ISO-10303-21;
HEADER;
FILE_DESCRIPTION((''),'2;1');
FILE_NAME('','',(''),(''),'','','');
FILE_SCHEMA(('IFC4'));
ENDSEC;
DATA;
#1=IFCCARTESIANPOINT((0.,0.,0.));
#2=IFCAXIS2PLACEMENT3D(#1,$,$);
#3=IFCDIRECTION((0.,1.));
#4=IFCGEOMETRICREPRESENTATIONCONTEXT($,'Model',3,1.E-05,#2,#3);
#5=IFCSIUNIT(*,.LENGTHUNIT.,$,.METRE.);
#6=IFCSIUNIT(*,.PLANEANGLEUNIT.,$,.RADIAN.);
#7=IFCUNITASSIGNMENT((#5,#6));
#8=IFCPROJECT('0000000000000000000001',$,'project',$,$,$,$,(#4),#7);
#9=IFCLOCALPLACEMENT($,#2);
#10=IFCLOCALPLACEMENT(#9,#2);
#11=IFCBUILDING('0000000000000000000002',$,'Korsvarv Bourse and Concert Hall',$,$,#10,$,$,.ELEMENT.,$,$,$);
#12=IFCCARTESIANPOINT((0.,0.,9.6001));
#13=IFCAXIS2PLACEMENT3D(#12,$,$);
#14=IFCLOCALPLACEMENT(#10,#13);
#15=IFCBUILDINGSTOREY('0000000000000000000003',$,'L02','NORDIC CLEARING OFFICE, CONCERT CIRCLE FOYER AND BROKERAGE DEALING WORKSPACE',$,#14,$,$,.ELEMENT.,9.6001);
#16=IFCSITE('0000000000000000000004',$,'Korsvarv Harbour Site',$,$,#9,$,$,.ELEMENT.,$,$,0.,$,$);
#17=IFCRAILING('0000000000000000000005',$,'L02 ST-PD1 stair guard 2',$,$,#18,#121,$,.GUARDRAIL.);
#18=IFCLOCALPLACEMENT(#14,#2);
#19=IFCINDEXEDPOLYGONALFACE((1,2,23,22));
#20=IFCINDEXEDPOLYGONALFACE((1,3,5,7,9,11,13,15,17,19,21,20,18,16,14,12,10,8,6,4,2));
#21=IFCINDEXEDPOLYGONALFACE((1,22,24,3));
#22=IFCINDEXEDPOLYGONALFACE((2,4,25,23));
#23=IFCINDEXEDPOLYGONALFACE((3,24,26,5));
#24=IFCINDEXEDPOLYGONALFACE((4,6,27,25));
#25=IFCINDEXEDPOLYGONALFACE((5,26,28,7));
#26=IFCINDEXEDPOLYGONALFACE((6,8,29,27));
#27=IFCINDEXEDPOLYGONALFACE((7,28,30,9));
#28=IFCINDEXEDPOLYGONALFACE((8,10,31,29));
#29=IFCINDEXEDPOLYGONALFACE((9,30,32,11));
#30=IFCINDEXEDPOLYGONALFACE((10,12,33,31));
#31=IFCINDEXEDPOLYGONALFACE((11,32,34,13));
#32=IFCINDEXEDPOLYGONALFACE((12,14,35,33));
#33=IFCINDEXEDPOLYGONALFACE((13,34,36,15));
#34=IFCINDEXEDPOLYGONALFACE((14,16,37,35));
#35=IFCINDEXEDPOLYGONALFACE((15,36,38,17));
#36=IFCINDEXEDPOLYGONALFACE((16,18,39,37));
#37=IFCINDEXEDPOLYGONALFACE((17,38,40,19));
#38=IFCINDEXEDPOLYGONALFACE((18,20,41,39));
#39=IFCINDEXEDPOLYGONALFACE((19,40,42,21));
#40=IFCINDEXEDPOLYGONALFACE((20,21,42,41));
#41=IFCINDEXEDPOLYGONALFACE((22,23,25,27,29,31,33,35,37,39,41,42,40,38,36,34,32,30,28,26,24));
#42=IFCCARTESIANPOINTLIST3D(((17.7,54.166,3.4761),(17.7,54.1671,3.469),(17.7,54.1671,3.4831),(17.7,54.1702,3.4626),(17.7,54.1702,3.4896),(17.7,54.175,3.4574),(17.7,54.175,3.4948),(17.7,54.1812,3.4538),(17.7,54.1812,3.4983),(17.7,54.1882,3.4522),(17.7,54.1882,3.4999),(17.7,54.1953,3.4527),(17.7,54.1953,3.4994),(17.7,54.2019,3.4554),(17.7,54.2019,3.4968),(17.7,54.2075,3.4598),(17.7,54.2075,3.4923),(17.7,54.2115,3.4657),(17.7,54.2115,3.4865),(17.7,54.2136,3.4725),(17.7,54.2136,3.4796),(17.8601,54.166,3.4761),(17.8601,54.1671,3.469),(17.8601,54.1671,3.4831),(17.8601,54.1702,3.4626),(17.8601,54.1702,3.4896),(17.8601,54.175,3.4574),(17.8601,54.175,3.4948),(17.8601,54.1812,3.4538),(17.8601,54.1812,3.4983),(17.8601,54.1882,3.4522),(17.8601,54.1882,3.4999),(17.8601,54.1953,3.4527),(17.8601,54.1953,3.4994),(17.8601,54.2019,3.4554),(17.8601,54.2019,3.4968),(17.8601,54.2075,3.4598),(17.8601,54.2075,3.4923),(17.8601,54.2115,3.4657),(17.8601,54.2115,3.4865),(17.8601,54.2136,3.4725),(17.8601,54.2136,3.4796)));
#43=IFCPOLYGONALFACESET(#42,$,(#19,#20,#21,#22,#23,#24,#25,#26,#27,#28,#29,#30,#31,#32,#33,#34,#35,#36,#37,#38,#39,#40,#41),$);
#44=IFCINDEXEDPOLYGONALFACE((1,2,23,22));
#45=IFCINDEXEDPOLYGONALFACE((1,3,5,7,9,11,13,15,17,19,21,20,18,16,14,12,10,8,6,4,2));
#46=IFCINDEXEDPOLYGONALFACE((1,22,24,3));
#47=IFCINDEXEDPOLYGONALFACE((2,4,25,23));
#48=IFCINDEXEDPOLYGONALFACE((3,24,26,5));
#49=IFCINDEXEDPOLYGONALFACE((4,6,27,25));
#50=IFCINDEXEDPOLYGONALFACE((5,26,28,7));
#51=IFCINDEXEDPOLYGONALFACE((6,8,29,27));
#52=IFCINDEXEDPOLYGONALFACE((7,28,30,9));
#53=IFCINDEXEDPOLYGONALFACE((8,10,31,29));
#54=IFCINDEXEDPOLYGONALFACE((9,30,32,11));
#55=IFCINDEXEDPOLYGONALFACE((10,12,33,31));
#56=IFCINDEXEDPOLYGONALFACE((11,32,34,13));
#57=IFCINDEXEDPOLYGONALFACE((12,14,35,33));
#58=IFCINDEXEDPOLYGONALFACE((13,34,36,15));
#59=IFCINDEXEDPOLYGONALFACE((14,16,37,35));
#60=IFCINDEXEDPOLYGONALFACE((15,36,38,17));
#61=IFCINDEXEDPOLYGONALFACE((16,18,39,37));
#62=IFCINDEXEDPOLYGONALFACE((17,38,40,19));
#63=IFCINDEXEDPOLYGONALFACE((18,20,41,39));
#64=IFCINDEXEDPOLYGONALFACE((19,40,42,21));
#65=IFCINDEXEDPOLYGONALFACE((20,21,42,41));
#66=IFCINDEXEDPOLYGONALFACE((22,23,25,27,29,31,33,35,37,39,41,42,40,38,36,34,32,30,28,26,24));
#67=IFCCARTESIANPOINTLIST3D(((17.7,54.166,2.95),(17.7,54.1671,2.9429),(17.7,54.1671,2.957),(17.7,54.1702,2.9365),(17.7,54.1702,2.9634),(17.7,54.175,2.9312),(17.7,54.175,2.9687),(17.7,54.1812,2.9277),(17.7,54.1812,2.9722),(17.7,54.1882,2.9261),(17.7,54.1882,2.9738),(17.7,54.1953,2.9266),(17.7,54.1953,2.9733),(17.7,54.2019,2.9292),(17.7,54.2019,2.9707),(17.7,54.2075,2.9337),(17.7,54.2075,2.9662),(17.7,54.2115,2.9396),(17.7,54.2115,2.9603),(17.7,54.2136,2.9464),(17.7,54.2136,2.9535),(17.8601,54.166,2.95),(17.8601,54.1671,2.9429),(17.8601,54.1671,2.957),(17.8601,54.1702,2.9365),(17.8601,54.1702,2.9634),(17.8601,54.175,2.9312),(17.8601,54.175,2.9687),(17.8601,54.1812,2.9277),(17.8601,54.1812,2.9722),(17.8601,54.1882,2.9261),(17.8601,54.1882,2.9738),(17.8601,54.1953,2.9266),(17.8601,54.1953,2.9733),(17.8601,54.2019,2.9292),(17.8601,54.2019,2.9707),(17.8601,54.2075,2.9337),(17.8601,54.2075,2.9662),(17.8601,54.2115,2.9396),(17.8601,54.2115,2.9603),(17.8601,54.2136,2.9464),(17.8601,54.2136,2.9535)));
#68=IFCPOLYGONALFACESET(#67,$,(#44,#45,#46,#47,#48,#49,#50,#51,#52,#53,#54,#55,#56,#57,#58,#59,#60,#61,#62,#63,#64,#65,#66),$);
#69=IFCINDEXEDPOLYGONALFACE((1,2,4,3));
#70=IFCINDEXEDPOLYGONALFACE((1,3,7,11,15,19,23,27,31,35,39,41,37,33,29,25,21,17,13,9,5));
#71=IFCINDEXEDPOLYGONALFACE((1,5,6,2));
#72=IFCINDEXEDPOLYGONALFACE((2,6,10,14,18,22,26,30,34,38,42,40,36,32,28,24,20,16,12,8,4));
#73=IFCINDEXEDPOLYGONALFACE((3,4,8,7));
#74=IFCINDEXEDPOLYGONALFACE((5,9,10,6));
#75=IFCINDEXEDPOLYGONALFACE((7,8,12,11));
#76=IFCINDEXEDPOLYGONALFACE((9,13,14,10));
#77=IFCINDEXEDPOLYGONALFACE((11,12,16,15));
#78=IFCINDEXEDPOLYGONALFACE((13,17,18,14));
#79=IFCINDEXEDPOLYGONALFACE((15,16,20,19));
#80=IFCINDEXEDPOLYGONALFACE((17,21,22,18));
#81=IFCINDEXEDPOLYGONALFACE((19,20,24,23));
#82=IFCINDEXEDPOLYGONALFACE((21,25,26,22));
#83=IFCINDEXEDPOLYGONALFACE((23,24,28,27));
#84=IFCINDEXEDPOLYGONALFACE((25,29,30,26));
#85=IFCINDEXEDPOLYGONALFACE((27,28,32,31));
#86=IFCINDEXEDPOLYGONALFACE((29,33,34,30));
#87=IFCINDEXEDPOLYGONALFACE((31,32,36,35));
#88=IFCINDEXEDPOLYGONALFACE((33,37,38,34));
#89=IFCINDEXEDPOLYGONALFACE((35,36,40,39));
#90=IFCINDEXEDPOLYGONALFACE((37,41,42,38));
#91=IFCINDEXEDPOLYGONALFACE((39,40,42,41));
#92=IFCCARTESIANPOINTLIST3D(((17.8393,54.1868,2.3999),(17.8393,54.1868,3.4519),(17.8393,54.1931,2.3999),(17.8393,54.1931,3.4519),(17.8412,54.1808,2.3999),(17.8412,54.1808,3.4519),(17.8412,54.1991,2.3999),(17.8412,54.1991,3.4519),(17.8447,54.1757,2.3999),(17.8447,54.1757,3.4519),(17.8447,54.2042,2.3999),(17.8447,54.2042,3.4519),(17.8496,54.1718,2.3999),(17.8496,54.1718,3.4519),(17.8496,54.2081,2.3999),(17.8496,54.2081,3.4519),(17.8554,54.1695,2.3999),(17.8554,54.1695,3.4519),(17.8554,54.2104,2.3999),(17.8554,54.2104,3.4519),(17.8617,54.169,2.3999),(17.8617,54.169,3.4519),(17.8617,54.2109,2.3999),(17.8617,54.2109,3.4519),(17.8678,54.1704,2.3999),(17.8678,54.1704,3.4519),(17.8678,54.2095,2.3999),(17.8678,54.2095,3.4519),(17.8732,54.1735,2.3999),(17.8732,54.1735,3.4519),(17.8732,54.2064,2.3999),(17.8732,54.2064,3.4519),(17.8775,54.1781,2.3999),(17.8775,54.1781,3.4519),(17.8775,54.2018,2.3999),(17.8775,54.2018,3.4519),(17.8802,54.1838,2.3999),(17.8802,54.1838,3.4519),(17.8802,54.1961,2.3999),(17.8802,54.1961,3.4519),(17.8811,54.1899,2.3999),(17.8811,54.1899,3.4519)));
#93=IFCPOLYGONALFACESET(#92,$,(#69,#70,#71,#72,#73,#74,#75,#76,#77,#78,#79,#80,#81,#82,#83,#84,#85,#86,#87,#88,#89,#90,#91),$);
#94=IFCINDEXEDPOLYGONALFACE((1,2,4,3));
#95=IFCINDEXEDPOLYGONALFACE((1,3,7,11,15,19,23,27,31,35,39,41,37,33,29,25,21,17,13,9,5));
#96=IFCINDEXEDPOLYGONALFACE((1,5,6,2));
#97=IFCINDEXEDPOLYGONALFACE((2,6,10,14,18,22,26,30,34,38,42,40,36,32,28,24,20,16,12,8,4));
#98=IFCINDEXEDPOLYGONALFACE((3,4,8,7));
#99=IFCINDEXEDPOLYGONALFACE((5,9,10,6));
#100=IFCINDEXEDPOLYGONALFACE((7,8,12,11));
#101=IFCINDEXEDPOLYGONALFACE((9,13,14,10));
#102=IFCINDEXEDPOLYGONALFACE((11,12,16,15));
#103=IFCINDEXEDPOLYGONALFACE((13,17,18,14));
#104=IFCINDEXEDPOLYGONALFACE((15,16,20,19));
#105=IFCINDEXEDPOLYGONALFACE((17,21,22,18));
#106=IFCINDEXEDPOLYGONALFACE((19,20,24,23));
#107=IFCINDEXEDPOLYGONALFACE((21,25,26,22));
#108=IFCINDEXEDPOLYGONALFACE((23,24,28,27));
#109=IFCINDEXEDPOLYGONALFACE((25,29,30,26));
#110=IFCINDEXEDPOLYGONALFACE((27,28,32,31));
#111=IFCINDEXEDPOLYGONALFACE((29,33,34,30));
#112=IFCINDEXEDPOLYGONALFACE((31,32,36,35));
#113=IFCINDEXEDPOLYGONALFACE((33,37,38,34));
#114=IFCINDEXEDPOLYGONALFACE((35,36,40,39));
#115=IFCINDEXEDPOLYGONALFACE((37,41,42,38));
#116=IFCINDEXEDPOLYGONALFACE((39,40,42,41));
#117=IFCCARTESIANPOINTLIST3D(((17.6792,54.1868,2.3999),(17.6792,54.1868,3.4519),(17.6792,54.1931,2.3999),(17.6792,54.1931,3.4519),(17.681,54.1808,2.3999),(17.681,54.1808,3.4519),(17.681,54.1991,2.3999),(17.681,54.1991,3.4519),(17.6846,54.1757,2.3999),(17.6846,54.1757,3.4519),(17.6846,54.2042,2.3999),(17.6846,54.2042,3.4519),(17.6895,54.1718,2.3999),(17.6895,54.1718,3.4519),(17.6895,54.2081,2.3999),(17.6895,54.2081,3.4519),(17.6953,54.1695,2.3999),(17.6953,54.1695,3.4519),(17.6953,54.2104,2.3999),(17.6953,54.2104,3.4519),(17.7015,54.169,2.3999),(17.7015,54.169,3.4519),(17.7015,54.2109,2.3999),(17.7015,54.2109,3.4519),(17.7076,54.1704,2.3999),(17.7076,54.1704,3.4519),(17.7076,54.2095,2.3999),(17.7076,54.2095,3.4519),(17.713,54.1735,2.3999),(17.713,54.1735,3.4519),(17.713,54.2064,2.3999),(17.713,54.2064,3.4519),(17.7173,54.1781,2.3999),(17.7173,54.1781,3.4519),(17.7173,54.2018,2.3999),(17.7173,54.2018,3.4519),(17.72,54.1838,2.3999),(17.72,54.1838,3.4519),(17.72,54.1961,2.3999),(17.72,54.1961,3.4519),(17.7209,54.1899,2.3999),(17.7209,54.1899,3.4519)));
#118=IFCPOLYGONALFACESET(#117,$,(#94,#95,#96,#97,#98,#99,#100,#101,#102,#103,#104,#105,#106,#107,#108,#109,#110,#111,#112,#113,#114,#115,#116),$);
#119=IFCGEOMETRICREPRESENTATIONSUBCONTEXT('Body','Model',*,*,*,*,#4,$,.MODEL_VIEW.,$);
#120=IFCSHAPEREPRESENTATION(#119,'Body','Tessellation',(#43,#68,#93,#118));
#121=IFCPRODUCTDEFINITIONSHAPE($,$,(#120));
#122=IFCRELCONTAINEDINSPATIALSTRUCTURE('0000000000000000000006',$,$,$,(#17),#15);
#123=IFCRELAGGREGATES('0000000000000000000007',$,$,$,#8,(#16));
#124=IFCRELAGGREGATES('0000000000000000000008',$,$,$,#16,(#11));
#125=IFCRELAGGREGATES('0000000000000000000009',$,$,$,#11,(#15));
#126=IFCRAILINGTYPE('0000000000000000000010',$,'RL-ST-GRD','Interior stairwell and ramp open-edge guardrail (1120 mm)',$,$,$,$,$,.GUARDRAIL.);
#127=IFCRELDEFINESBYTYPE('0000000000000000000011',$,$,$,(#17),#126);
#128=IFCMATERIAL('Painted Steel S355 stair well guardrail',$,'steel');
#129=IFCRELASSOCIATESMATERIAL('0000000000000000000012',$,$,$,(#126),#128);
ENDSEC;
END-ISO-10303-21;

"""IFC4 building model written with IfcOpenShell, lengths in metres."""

from ifc_helpers import new_model, si_unit, direction, frame, origin, origin_2d, place, context, subcontext, project, spatial, circle, extrude, material, type_object, element, save


model = new_model("IFC4")

# Units and contexts
model_context = context("Model", 3, precision=1e-05, world=origin(), true_north=direction((0.0, 1.0)))
body_context = subcontext(model_context, "Body", "Model", "MODEL_VIEW")
ifc_project = project(units=[si_unit("LENGTHUNIT", "METRE"), si_unit("PLANEANGLEUNIT", "RADIAN")], contexts=[model_context])

# Site, building, storey
site_placement = place(None, origin())
site = spatial("IfcSite", under=ifc_project, at=site_placement, Name="Korsvarv Harbour Site", CompositionType="ELEMENT", RefElevation=0.0)
building_placement = place(site_placement, origin())
building = spatial("IfcBuilding", under=site, at=building_placement, Name="Korsvarv Bourse and Concert Hall", CompositionType="ELEMENT")
storey_placement = place(building_placement, frame((0.0, 0.0, 9.6001)))
storey = spatial("IfcBuildingStorey", under=building, at=storey_placement, Name="L02", Description="NORDIC CLEARING OFFICE, CONCERT CIRCLE FOYER AND BROKERAGE DEALING WORKSPACE", CompositionType="ELEMENT", Elevation=9.6001)

# Railing
ifc_material_1 = material(Name="Painted Steel S355 stair well guardrail", Category="steel")
railing_type_1 = type_object("IfcRailingType", Name="RL-ST-GRD", Description="Interior stairwell and ramp open-edge guardrail (1120 mm)", PredefinedType="GUARDRAIL", material=ifc_material_1)
railing_1_placement = place(storey_placement, frame((17.8601, 54.1899, 2.3999)))
element("IfcRailing", 1, at=railing_1_placement, inside=storey, type_object=railing_type_1, Name="L02 ST-PD1 stair guard 2", PredefinedType="GUARDRAIL", context=body_context, shape_type="SweptSolid", body=[
    extrude(circle(Radius=0.0239, at=origin_2d()), frame((0.0, 0.0, 1.0762), z_axis=(-1.0, 0.0, 0.0), x_axis=(0.0, -1.0, 0.0)), (0.0, 0.0, 1.0), 0.1602),
    extrude(circle(Radius=0.0239, at=origin_2d()), frame((0.0, 0.0, 0.55), z_axis=(-1.0, 0.0, 0.0), x_axis=(0.0, -1.0, 0.0)), (0.0, 0.0, 1.0), 0.1602),
    extrude(circle(Radius=0.021, at=origin_2d()), origin(), (0.0, 0.0, 1.0), 1.052),
    extrude(circle(Radius=0.021, at=origin_2d()), frame((-0.1602, 0.0, 0.0)), (0.0, 0.0, 1.0), 1.052),
])

save(model, "model.ifc")
